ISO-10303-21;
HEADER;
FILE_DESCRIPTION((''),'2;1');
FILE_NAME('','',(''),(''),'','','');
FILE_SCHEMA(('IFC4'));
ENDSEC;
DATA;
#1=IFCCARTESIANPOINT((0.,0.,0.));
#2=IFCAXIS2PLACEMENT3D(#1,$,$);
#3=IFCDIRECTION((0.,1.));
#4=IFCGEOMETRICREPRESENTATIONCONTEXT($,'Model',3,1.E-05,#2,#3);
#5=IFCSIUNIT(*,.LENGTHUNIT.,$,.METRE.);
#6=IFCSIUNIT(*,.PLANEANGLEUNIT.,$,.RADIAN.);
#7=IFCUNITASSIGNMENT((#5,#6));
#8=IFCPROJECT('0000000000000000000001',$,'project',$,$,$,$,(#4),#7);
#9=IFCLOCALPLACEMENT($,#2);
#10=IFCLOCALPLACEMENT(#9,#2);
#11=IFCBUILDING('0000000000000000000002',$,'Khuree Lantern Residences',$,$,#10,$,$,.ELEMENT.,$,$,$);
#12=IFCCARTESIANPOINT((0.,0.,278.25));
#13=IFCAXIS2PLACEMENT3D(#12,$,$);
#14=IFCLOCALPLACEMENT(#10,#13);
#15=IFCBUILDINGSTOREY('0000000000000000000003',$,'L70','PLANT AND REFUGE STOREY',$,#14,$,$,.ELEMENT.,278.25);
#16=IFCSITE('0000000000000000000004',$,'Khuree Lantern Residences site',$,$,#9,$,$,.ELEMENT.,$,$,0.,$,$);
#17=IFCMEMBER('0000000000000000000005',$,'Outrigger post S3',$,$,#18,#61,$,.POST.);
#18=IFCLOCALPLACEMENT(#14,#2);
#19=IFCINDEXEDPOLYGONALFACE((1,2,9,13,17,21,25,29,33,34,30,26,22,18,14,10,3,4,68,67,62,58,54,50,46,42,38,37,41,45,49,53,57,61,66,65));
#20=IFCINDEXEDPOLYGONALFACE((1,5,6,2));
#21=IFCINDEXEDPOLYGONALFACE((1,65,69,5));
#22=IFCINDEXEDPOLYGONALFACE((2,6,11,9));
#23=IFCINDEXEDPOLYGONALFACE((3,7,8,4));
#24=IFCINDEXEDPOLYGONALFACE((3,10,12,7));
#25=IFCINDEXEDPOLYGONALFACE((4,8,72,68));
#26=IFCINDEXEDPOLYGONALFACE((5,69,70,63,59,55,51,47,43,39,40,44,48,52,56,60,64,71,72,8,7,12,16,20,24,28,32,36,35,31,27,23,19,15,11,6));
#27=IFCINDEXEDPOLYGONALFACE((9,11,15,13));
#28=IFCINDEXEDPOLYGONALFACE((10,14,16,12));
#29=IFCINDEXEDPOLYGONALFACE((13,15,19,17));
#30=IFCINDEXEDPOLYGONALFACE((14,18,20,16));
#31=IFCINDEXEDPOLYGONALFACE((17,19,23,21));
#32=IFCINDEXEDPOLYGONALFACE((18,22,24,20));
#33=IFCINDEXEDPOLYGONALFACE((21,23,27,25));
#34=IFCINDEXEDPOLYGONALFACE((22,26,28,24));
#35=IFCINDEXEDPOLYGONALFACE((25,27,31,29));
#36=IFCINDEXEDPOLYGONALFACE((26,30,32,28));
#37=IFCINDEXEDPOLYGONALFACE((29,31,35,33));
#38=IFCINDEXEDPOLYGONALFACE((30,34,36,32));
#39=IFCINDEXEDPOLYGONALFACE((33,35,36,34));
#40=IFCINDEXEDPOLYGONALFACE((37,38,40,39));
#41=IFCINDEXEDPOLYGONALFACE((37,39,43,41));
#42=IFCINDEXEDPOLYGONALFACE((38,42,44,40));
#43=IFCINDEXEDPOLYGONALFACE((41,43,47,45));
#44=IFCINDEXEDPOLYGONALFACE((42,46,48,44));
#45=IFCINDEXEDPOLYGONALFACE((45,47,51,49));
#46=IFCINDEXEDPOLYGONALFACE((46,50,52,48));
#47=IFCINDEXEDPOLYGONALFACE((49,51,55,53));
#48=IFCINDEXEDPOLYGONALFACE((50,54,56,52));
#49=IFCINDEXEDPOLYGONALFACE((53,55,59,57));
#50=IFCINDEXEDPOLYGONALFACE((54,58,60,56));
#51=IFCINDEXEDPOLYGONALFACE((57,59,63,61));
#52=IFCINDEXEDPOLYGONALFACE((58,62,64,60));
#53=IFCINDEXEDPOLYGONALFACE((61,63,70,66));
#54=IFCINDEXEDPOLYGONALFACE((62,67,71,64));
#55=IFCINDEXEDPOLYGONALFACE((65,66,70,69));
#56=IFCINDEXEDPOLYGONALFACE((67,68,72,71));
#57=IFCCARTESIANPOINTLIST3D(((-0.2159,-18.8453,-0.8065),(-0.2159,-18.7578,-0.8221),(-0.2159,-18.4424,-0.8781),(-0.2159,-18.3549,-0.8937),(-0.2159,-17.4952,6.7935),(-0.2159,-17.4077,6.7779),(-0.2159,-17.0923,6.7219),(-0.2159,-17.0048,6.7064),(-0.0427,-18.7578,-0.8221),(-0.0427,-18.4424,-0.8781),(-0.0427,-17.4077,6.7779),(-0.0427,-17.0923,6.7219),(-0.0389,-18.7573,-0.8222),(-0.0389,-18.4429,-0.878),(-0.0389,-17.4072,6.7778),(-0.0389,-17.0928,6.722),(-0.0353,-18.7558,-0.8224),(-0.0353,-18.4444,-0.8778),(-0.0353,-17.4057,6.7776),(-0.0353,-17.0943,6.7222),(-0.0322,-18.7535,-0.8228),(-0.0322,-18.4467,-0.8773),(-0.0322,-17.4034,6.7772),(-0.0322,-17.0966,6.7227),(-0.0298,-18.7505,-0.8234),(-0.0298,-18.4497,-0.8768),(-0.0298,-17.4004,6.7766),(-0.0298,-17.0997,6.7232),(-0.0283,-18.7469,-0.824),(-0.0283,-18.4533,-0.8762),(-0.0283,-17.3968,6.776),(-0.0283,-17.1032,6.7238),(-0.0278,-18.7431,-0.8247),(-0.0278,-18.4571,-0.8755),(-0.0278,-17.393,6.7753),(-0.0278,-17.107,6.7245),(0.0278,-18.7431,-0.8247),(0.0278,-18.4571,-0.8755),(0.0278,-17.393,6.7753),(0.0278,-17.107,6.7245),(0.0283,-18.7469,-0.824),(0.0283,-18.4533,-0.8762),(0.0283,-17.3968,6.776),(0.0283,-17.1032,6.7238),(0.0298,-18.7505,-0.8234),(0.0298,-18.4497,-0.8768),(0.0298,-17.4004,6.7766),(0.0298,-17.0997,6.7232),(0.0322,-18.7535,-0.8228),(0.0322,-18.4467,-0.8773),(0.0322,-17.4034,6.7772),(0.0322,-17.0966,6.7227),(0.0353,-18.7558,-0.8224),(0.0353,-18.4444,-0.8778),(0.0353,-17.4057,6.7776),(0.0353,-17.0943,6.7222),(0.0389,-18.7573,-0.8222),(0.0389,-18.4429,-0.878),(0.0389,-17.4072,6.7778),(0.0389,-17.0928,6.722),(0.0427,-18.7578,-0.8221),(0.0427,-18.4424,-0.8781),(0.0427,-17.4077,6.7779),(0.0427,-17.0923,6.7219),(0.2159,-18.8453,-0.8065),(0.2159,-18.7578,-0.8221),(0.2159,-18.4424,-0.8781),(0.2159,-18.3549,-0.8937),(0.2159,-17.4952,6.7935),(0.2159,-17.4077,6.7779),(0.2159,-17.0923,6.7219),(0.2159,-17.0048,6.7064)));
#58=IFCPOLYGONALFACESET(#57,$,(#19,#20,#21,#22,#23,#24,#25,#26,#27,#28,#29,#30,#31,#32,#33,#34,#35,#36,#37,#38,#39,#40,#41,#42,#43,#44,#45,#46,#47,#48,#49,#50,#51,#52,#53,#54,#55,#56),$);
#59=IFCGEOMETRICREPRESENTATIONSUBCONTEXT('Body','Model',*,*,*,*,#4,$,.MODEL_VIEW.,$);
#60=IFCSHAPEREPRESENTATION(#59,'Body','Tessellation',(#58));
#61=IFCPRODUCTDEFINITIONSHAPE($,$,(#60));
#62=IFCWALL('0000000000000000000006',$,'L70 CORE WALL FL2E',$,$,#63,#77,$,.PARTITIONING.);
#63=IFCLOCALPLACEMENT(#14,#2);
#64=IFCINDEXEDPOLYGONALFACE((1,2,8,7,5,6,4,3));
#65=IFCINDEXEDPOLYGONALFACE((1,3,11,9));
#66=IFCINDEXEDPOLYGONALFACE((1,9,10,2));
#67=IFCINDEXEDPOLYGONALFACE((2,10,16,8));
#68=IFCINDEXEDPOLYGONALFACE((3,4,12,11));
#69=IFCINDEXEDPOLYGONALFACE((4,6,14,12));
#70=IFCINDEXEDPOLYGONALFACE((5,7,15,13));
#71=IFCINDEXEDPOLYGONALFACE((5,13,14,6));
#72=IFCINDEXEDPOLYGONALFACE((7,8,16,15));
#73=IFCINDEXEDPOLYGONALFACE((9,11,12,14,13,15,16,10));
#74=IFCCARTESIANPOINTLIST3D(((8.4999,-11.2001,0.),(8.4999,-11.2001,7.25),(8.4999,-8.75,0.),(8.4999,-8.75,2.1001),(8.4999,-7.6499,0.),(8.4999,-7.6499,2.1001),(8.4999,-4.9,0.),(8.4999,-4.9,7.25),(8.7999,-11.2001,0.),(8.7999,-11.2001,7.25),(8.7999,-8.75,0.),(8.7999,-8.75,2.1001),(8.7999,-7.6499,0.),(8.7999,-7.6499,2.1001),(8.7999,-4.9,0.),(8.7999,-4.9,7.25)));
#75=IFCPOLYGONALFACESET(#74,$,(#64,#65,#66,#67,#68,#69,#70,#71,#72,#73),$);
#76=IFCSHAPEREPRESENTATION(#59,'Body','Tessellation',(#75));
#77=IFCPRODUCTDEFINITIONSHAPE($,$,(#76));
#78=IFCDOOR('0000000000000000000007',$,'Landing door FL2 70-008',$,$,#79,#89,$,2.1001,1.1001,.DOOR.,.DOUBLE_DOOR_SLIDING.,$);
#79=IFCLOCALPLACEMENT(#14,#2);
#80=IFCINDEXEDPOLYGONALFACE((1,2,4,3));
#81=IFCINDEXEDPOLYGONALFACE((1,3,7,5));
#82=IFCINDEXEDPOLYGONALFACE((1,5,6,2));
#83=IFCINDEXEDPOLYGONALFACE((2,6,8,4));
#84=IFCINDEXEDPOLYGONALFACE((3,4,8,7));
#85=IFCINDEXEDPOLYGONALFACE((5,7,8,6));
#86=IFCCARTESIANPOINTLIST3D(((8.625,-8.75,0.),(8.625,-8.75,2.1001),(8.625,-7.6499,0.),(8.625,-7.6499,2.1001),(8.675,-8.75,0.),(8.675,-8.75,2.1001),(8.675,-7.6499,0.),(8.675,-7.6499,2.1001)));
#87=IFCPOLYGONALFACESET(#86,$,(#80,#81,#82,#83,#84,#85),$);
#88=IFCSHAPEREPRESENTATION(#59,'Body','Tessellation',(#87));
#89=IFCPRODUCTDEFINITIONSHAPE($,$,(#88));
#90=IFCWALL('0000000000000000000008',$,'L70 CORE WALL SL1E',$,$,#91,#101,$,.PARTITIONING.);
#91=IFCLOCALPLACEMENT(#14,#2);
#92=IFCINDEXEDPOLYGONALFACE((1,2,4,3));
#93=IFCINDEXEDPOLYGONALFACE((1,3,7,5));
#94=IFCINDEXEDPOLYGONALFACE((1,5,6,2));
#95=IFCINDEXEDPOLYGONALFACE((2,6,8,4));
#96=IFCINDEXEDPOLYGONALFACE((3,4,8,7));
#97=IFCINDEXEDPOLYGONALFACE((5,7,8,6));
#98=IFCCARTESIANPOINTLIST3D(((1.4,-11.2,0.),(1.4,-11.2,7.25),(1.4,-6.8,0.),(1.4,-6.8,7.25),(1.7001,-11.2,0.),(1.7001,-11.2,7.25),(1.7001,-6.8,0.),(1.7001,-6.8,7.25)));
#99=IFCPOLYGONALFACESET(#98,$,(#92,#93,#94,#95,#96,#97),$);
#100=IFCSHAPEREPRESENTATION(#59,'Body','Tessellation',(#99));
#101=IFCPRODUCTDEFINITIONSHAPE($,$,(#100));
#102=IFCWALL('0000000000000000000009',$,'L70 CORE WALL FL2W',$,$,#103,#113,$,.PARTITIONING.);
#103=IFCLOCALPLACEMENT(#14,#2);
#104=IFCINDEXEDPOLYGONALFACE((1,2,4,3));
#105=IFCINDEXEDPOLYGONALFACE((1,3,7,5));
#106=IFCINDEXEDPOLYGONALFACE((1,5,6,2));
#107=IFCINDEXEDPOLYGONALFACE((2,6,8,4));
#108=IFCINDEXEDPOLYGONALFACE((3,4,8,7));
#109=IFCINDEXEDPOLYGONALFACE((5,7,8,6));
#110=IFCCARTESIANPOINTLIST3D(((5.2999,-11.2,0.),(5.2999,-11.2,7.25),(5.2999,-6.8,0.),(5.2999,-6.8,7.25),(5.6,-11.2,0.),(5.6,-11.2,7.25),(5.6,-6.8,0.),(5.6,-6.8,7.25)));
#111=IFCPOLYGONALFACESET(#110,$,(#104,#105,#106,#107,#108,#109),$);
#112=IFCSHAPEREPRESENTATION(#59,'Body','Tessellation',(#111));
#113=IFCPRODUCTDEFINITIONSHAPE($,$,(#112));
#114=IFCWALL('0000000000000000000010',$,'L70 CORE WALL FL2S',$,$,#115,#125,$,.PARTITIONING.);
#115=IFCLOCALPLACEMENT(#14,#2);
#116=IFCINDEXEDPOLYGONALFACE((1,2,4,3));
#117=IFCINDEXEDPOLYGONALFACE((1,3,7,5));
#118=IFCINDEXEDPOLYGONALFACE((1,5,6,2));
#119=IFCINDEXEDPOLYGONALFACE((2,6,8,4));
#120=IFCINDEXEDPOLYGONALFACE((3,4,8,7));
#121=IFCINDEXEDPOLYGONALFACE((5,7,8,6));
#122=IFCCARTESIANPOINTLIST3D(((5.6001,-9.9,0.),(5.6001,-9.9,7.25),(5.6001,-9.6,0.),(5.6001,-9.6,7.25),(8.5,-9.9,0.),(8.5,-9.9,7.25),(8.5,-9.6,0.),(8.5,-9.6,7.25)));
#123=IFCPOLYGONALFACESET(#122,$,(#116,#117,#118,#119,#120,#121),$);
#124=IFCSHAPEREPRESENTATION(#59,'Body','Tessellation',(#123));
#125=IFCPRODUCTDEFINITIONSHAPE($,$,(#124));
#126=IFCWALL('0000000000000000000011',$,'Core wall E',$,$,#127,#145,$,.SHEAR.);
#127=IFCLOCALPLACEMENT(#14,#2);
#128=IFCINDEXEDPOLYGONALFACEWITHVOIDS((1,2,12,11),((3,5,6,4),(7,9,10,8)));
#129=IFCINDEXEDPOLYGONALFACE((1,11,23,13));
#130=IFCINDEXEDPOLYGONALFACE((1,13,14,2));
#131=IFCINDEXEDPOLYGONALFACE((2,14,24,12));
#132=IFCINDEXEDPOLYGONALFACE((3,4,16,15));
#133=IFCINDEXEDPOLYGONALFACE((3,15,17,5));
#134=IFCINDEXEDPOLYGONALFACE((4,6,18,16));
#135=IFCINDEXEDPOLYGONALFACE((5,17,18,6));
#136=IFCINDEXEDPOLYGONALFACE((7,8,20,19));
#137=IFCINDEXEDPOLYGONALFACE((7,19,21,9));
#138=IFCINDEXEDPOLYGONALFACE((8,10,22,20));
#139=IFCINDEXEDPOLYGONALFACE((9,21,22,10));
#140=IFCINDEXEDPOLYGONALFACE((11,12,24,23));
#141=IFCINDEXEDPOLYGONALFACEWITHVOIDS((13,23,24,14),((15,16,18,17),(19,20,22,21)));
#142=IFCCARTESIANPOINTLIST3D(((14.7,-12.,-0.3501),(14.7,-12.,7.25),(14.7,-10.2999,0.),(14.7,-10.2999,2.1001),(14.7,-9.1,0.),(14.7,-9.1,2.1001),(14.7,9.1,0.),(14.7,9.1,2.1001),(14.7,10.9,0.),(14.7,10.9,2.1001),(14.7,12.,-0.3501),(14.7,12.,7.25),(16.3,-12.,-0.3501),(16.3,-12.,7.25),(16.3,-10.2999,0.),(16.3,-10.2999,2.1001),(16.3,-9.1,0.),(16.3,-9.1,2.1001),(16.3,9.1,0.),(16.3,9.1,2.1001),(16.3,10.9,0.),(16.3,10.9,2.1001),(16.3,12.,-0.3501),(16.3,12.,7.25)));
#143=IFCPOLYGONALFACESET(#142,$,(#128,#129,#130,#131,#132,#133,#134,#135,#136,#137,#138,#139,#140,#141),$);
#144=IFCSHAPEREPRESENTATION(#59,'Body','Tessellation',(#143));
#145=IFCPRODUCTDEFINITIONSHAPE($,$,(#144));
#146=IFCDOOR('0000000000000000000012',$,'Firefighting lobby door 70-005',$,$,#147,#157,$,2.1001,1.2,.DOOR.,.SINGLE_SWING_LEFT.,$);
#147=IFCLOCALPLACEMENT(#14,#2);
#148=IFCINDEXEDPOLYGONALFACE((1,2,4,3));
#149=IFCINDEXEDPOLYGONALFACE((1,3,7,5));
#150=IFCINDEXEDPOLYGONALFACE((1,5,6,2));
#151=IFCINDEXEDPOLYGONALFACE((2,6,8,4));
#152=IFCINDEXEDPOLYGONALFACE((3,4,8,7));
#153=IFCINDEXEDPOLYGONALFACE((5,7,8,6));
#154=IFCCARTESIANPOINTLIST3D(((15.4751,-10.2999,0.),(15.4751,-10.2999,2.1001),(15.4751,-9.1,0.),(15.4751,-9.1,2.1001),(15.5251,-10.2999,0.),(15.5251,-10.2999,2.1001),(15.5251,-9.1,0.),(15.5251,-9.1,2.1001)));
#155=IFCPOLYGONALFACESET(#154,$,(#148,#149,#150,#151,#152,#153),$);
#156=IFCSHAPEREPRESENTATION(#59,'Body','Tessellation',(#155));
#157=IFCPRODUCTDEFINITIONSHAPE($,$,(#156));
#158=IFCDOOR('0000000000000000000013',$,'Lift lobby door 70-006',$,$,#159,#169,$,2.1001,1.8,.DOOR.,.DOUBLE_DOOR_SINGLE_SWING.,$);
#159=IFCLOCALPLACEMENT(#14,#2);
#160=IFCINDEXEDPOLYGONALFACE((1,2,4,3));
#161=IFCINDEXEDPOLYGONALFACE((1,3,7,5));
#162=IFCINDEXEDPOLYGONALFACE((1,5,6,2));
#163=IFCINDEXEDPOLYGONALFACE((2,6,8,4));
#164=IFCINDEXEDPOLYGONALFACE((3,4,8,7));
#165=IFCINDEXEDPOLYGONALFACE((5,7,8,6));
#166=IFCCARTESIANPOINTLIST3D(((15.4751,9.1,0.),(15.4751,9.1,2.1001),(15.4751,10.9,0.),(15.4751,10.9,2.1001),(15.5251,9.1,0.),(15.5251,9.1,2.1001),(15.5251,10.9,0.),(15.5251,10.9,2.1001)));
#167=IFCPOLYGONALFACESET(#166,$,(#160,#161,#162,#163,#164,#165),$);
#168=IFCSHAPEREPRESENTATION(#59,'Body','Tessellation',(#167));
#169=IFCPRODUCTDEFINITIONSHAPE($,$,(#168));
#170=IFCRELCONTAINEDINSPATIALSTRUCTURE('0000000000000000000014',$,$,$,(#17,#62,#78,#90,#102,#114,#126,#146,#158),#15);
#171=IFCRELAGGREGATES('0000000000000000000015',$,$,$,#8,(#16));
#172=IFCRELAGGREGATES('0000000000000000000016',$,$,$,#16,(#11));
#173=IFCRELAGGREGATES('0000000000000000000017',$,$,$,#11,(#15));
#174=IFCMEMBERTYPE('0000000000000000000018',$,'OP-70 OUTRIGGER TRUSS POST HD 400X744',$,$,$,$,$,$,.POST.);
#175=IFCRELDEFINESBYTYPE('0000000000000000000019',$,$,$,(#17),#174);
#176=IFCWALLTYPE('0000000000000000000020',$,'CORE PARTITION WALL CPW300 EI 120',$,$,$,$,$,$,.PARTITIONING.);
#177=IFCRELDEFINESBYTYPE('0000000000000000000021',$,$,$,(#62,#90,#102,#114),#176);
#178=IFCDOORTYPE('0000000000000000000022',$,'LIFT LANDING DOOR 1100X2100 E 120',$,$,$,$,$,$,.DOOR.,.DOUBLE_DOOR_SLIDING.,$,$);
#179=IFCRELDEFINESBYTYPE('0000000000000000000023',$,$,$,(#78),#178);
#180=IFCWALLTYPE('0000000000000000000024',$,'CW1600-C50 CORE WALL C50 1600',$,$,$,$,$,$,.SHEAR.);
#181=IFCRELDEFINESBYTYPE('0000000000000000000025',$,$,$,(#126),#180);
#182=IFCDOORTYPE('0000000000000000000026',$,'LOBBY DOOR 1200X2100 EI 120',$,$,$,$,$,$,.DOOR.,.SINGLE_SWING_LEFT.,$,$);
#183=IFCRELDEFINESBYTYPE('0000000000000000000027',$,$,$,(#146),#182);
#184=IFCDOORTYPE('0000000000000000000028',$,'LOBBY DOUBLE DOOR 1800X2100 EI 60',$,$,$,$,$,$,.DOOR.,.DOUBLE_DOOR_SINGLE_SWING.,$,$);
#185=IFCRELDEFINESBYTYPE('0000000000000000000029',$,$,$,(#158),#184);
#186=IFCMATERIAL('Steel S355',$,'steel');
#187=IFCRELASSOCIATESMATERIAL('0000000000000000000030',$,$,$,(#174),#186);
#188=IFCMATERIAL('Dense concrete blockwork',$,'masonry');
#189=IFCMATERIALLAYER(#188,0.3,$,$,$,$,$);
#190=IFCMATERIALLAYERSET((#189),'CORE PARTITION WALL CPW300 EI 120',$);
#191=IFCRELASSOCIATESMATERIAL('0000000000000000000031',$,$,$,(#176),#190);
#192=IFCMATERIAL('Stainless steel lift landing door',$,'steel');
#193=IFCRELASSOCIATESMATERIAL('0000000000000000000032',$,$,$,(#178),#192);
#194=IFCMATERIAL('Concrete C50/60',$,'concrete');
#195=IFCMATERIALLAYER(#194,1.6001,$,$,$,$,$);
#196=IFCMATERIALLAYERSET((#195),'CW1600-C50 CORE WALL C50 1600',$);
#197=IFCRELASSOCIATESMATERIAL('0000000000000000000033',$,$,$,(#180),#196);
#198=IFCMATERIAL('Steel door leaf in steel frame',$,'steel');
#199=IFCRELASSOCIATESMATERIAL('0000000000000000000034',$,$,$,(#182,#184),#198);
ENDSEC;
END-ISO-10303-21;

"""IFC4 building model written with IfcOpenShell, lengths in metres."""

from ifc_helpers import new_model, si_unit, direction, frame, frame_2d, origin, origin_2d, place, context, subcontext, project, spatial, rectangle, i_section, extrude, material, layer, layer_set, material_profile, profile_set, type_object, element, fill, save


model = new_model("IFC4")

# Units and contexts
model_context = context("Model", 3, precision=1e-05, world=origin(), true_north=direction((0.0, 1.0)))
body_context = subcontext(model_context, "Body", "Model", "MODEL_VIEW")
ifc_project = project(units=[si_unit("LENGTHUNIT", "METRE"), si_unit("PLANEANGLEUNIT", "RADIAN")], contexts=[model_context])

# Site, building, storey
site_placement = place(None, origin())
site = spatial("IfcSite", under=ifc_project, at=site_placement, Name="Khuree Lantern Residences site", CompositionType="ELEMENT", RefElevation=0.0)
building_placement = place(site_placement, origin())
building = spatial("IfcBuilding", under=site, at=building_placement, Name="Khuree Lantern Residences", CompositionType="ELEMENT")
storey_placement = place(building_placement, frame((0.0, 0.0, 278.25)))
storey = spatial("IfcBuildingStorey", under=building, at=storey_placement, Name="L70", Description="PLANT AND REFUGE STOREY", CompositionType="ELEMENT", Elevation=278.25)

# Shared definitions
ifc_material_1 = material(Name="Concrete C50/60", Category="concrete")

# Member
ifc_material_2 = material(Name="Steel S355", Category="steel")
ifc_material_profile_1 = material_profile(ifc_material_2, i_section(OverallWidth=0.4319, OverallDepth=0.498, WebThickness=0.0557, FlangeThickness=0.0889, FilletRadius=0.0149, at=origin_2d()), Name="HD 400X744")
ifc_profile_set_1 = profile_set([ifc_material_profile_1], Name="Steel S355")
member_type_1 = type_object("IfcMemberType", Name="OP-70 OUTRIGGER TRUSS POST HD 400X744", PredefinedType="POST", material=ifc_profile_set_1)
member_1_placement = place(storey_placement, frame((0.0, -18.6001, -0.8501), z_axis=(0.0, 0.174904, 0.984586), x_axis=(-1.0, 0.0, 0.0)))
element("IfcMember", 1, at=member_1_placement, inside=storey, type_object=member_type_1, Name="Outrigger post S3", PredefinedType="POST", context=body_context, shape_type="SweptSolid", body=[
    extrude(i_section(OverallWidth=0.4319, OverallDepth=0.498, WebThickness=0.0557, FlangeThickness=0.0889, FilletRadius=0.0149, at=origin_2d()), origin(), (0.0, 0.0, 1.0), 7.719),
])

# Wall, opening, door
ifc_material_3 = material(Name="Dense concrete blockwork", Category="masonry")
ifc_layer_1 = layer(ifc_material_3, 0.3)
ifc_layer_set_1 = layer_set([ifc_layer_1], Name="CORE PARTITION WALL CPW300 EI 120")
wall_type_1 = type_object("IfcWallType", Name="CORE PARTITION WALL CPW300 EI 120", PredefinedType="PARTITIONING", material=ifc_layer_set_1)
wall_1_placement = place(storey_placement, frame((8.6499, -11.2, 0.0), z_axis=(0.0, 0.0, 1.0), x_axis=(0.0, 1.0, 0.0)))
wall_1 = element("IfcWall", 2, at=wall_1_placement, inside=storey, type_object=wall_type_1, Name="L70 CORE WALL FL2E", PredefinedType="PARTITIONING", context=body_context, shape_type="SweptSolid", body=[
    extrude(rectangle(XDim=6.3, YDim=0.3, at=frame_2d((3.1499, 0.0))), origin(), (0.0, 0.0, 1.0), 7.25),
])
opening_1_placement = place(wall_1_placement, frame((2.45, 0.0, 0.0)))
opening_1 = element("IfcOpeningElement", 3, at=opening_1_placement, cuts=wall_1, PredefinedType="OPENING", context=body_context, shape_type="SweptSolid", body=[
    extrude(rectangle(XDim=1.1001, YDim=2.1001, at=frame_2d((0.55, 1.05))), frame((0.0, 0.1602, 0.0), z_axis=(0.0, -1.0, 0.0), x_axis=(1.0, 0.0, 0.0)), (0.0, 0.0, 1.0), 0.3201),
])
ifc_material_4 = material(Name="Stainless steel lift landing door", Category="steel")
door_type_1 = type_object("IfcDoorType", Name="LIFT LANDING DOOR 1100X2100 E 120", OperationType="DOUBLE_DOOR_SLIDING", PredefinedType="DOOR", material=ifc_material_4)
door_1_placement = place(opening_1_placement, origin())
door_1 = element("IfcDoor", 4, at=door_1_placement, inside=storey, type_object=door_type_1, Name="Landing door FL2 70-008", OperationType="DOUBLE_DOOR_SLIDING", OverallHeight=2.1001, OverallWidth=1.1001, PredefinedType="DOOR", context=body_context, shape_type="SweptSolid", body=[
    extrude(rectangle(XDim=1.1001, YDim=2.1001, at=frame_2d((0.55, 1.05))), frame((0.0, 0.0249, 0.0), z_axis=(0.0, -1.0, 0.0), x_axis=(1.0, 0.0, 0.0)), (0.0, 0.0, 1.0), 0.05),
])
fill(opening_1, door_1)

# Walls
for number, where, z_axis, x_axis, name in (
    (5, (1.55, -11.2, 0.0), (0.0, 0.0, 1.0), (0.0, 1.0, 0.0), "L70 CORE WALL SL1E"),
    (6, (5.45, -11.2, 0.0), (0.0, 0.0, 1.0), (0.0, 1.0, 0.0), "L70 CORE WALL FL2W"),
):
    element("IfcWall", number, at=place(storey_placement, frame(where, z_axis=z_axis, x_axis=x_axis)), inside=storey, type_object=wall_type_1, Name=name, PredefinedType="PARTITIONING", context=body_context, shape_type="SweptSolid", body=[
        extrude(rectangle(XDim=4.3999, YDim=0.3, at=frame_2d((2.2, 0.0))), origin(), (0.0, 0.0, 1.0), 7.25),
    ])
wall_2_placement = place(storey_placement, frame((5.6001, -9.75, 0.0), z_axis=(0.0, 0.0, 1.0), x_axis=(1.0, 0.0, 0.0)))
element("IfcWall", 7, at=wall_2_placement, inside=storey, type_object=wall_type_1, Name="L70 CORE WALL FL2S", PredefinedType="PARTITIONING", context=body_context, shape_type="SweptSolid", body=[
    extrude(rectangle(XDim=2.8999, YDim=0.3, at=frame_2d((1.45, 0.0))), origin(), (0.0, 0.0, 1.0), 7.25),
])

# Wall, openings, doors
ifc_layer_2 = layer(ifc_material_1, 1.6001)
ifc_layer_set_2 = layer_set([ifc_layer_2], Name="CW1600-C50 CORE WALL C50 1600")
wall_type_2 = type_object("IfcWallType", Name="CW1600-C50 CORE WALL C50 1600", PredefinedType="SHEAR", material=ifc_layer_set_2)
wall_3_placement = place(storey_placement, frame((15.5, -12.0, -0.3501), z_axis=(0.0, 0.0, 1.0), x_axis=(0.0, 1.0, 0.0)))
wall_3 = element("IfcWall", 8, at=wall_3_placement, inside=storey, type_object=wall_type_2, Name="Core wall E", PredefinedType="SHEAR", context=body_context, shape_type="SweptSolid", body=[
    extrude(rectangle(XDim=24.0, YDim=1.6001, at=frame_2d((12.0, 0.0))), origin(), (0.0, 0.0, 1.0), 7.6001),
])
opening_2_placement = place(wall_3_placement, frame((1.7, 0.0, 0.3501)))
opening_2 = element("IfcOpeningElement", 9, at=opening_2_placement, cuts=wall_3, PredefinedType="OPENING", context=body_context, shape_type="SweptSolid", body=[
    extrude(rectangle(XDim=1.2, YDim=2.1001, at=frame_2d((0.6001, 1.05))), frame((0.0, 0.8101, 0.0), z_axis=(0.0, -1.0, 0.0), x_axis=(1.0, 0.0, 0.0)), (0.0, 0.0, 1.0), 1.6201),
])
opening_3_placement = place(wall_3_placement, frame((21.1001, 0.0, 0.3501)))
opening_3 = element("IfcOpeningElement", 10, at=opening_3_placement, cuts=wall_3, PredefinedType="OPENING", context=body_context, shape_type="SweptSolid", body=[
    extrude(rectangle(XDim=1.8, YDim=2.1001, at=frame_2d((0.8999, 1.05))), frame((0.0, 0.8101, 0.0), z_axis=(0.0, -1.0, 0.0), x_axis=(1.0, 0.0, 0.0)), (0.0, 0.0, 1.0), 1.6201),
])
ifc_material_5 = material(Name="Steel door leaf in steel frame", Category="steel")
door_type_2 = type_object("IfcDoorType", Name="LOBBY DOOR 1200X2100 EI 120", OperationType="SINGLE_SWING_LEFT", PredefinedType="DOOR", material=ifc_material_5)
door_2_placement = place(opening_2_placement, origin())
door_2 = element("IfcDoor", 11, at=door_2_placement, inside=storey, type_object=door_type_2, Name="Firefighting lobby door 70-005", OperationType="SINGLE_SWING_LEFT", OverallHeight=2.1001, OverallWidth=1.2, PredefinedType="DOOR", context=body_context, shape_type="SweptSolid", body=[
    extrude(rectangle(XDim=1.2, YDim=2.1001, at=frame_2d((0.6001, 1.05))), frame((0.0, 0.0249, 0.0), z_axis=(0.0, -1.0, 0.0), x_axis=(1.0, 0.0, 0.0)), (0.0, 0.0, 1.0), 0.05),
])
fill(opening_2, door_2)
door_type_3 = type_object("IfcDoorType", Name="LOBBY DOUBLE DOOR 1800X2100 EI 60", OperationType="DOUBLE_DOOR_SINGLE_SWING", PredefinedType="DOOR", material=ifc_material_5)
door_3_placement = place(opening_3_placement, origin())
door_3 = element("IfcDoor", 12, at=door_3_placement, inside=storey, type_object=door_type_3, Name="Lift lobby door 70-006", OperationType="DOUBLE_DOOR_SINGLE_SWING", OverallHeight=2.1001, OverallWidth=1.8, PredefinedType="DOOR", context=body_context, shape_type="SweptSolid", body=[
    extrude(rectangle(XDim=1.8, YDim=2.1001, at=frame_2d((0.8999, 1.05))), frame((0.0, 0.0249, 0.0), z_axis=(0.0, -1.0, 0.0), x_axis=(1.0, 0.0, 0.0)), (0.0, 0.0, 1.0), 0.05),
])
fill(opening_3, door_3)

save(model, "model.ifc")
